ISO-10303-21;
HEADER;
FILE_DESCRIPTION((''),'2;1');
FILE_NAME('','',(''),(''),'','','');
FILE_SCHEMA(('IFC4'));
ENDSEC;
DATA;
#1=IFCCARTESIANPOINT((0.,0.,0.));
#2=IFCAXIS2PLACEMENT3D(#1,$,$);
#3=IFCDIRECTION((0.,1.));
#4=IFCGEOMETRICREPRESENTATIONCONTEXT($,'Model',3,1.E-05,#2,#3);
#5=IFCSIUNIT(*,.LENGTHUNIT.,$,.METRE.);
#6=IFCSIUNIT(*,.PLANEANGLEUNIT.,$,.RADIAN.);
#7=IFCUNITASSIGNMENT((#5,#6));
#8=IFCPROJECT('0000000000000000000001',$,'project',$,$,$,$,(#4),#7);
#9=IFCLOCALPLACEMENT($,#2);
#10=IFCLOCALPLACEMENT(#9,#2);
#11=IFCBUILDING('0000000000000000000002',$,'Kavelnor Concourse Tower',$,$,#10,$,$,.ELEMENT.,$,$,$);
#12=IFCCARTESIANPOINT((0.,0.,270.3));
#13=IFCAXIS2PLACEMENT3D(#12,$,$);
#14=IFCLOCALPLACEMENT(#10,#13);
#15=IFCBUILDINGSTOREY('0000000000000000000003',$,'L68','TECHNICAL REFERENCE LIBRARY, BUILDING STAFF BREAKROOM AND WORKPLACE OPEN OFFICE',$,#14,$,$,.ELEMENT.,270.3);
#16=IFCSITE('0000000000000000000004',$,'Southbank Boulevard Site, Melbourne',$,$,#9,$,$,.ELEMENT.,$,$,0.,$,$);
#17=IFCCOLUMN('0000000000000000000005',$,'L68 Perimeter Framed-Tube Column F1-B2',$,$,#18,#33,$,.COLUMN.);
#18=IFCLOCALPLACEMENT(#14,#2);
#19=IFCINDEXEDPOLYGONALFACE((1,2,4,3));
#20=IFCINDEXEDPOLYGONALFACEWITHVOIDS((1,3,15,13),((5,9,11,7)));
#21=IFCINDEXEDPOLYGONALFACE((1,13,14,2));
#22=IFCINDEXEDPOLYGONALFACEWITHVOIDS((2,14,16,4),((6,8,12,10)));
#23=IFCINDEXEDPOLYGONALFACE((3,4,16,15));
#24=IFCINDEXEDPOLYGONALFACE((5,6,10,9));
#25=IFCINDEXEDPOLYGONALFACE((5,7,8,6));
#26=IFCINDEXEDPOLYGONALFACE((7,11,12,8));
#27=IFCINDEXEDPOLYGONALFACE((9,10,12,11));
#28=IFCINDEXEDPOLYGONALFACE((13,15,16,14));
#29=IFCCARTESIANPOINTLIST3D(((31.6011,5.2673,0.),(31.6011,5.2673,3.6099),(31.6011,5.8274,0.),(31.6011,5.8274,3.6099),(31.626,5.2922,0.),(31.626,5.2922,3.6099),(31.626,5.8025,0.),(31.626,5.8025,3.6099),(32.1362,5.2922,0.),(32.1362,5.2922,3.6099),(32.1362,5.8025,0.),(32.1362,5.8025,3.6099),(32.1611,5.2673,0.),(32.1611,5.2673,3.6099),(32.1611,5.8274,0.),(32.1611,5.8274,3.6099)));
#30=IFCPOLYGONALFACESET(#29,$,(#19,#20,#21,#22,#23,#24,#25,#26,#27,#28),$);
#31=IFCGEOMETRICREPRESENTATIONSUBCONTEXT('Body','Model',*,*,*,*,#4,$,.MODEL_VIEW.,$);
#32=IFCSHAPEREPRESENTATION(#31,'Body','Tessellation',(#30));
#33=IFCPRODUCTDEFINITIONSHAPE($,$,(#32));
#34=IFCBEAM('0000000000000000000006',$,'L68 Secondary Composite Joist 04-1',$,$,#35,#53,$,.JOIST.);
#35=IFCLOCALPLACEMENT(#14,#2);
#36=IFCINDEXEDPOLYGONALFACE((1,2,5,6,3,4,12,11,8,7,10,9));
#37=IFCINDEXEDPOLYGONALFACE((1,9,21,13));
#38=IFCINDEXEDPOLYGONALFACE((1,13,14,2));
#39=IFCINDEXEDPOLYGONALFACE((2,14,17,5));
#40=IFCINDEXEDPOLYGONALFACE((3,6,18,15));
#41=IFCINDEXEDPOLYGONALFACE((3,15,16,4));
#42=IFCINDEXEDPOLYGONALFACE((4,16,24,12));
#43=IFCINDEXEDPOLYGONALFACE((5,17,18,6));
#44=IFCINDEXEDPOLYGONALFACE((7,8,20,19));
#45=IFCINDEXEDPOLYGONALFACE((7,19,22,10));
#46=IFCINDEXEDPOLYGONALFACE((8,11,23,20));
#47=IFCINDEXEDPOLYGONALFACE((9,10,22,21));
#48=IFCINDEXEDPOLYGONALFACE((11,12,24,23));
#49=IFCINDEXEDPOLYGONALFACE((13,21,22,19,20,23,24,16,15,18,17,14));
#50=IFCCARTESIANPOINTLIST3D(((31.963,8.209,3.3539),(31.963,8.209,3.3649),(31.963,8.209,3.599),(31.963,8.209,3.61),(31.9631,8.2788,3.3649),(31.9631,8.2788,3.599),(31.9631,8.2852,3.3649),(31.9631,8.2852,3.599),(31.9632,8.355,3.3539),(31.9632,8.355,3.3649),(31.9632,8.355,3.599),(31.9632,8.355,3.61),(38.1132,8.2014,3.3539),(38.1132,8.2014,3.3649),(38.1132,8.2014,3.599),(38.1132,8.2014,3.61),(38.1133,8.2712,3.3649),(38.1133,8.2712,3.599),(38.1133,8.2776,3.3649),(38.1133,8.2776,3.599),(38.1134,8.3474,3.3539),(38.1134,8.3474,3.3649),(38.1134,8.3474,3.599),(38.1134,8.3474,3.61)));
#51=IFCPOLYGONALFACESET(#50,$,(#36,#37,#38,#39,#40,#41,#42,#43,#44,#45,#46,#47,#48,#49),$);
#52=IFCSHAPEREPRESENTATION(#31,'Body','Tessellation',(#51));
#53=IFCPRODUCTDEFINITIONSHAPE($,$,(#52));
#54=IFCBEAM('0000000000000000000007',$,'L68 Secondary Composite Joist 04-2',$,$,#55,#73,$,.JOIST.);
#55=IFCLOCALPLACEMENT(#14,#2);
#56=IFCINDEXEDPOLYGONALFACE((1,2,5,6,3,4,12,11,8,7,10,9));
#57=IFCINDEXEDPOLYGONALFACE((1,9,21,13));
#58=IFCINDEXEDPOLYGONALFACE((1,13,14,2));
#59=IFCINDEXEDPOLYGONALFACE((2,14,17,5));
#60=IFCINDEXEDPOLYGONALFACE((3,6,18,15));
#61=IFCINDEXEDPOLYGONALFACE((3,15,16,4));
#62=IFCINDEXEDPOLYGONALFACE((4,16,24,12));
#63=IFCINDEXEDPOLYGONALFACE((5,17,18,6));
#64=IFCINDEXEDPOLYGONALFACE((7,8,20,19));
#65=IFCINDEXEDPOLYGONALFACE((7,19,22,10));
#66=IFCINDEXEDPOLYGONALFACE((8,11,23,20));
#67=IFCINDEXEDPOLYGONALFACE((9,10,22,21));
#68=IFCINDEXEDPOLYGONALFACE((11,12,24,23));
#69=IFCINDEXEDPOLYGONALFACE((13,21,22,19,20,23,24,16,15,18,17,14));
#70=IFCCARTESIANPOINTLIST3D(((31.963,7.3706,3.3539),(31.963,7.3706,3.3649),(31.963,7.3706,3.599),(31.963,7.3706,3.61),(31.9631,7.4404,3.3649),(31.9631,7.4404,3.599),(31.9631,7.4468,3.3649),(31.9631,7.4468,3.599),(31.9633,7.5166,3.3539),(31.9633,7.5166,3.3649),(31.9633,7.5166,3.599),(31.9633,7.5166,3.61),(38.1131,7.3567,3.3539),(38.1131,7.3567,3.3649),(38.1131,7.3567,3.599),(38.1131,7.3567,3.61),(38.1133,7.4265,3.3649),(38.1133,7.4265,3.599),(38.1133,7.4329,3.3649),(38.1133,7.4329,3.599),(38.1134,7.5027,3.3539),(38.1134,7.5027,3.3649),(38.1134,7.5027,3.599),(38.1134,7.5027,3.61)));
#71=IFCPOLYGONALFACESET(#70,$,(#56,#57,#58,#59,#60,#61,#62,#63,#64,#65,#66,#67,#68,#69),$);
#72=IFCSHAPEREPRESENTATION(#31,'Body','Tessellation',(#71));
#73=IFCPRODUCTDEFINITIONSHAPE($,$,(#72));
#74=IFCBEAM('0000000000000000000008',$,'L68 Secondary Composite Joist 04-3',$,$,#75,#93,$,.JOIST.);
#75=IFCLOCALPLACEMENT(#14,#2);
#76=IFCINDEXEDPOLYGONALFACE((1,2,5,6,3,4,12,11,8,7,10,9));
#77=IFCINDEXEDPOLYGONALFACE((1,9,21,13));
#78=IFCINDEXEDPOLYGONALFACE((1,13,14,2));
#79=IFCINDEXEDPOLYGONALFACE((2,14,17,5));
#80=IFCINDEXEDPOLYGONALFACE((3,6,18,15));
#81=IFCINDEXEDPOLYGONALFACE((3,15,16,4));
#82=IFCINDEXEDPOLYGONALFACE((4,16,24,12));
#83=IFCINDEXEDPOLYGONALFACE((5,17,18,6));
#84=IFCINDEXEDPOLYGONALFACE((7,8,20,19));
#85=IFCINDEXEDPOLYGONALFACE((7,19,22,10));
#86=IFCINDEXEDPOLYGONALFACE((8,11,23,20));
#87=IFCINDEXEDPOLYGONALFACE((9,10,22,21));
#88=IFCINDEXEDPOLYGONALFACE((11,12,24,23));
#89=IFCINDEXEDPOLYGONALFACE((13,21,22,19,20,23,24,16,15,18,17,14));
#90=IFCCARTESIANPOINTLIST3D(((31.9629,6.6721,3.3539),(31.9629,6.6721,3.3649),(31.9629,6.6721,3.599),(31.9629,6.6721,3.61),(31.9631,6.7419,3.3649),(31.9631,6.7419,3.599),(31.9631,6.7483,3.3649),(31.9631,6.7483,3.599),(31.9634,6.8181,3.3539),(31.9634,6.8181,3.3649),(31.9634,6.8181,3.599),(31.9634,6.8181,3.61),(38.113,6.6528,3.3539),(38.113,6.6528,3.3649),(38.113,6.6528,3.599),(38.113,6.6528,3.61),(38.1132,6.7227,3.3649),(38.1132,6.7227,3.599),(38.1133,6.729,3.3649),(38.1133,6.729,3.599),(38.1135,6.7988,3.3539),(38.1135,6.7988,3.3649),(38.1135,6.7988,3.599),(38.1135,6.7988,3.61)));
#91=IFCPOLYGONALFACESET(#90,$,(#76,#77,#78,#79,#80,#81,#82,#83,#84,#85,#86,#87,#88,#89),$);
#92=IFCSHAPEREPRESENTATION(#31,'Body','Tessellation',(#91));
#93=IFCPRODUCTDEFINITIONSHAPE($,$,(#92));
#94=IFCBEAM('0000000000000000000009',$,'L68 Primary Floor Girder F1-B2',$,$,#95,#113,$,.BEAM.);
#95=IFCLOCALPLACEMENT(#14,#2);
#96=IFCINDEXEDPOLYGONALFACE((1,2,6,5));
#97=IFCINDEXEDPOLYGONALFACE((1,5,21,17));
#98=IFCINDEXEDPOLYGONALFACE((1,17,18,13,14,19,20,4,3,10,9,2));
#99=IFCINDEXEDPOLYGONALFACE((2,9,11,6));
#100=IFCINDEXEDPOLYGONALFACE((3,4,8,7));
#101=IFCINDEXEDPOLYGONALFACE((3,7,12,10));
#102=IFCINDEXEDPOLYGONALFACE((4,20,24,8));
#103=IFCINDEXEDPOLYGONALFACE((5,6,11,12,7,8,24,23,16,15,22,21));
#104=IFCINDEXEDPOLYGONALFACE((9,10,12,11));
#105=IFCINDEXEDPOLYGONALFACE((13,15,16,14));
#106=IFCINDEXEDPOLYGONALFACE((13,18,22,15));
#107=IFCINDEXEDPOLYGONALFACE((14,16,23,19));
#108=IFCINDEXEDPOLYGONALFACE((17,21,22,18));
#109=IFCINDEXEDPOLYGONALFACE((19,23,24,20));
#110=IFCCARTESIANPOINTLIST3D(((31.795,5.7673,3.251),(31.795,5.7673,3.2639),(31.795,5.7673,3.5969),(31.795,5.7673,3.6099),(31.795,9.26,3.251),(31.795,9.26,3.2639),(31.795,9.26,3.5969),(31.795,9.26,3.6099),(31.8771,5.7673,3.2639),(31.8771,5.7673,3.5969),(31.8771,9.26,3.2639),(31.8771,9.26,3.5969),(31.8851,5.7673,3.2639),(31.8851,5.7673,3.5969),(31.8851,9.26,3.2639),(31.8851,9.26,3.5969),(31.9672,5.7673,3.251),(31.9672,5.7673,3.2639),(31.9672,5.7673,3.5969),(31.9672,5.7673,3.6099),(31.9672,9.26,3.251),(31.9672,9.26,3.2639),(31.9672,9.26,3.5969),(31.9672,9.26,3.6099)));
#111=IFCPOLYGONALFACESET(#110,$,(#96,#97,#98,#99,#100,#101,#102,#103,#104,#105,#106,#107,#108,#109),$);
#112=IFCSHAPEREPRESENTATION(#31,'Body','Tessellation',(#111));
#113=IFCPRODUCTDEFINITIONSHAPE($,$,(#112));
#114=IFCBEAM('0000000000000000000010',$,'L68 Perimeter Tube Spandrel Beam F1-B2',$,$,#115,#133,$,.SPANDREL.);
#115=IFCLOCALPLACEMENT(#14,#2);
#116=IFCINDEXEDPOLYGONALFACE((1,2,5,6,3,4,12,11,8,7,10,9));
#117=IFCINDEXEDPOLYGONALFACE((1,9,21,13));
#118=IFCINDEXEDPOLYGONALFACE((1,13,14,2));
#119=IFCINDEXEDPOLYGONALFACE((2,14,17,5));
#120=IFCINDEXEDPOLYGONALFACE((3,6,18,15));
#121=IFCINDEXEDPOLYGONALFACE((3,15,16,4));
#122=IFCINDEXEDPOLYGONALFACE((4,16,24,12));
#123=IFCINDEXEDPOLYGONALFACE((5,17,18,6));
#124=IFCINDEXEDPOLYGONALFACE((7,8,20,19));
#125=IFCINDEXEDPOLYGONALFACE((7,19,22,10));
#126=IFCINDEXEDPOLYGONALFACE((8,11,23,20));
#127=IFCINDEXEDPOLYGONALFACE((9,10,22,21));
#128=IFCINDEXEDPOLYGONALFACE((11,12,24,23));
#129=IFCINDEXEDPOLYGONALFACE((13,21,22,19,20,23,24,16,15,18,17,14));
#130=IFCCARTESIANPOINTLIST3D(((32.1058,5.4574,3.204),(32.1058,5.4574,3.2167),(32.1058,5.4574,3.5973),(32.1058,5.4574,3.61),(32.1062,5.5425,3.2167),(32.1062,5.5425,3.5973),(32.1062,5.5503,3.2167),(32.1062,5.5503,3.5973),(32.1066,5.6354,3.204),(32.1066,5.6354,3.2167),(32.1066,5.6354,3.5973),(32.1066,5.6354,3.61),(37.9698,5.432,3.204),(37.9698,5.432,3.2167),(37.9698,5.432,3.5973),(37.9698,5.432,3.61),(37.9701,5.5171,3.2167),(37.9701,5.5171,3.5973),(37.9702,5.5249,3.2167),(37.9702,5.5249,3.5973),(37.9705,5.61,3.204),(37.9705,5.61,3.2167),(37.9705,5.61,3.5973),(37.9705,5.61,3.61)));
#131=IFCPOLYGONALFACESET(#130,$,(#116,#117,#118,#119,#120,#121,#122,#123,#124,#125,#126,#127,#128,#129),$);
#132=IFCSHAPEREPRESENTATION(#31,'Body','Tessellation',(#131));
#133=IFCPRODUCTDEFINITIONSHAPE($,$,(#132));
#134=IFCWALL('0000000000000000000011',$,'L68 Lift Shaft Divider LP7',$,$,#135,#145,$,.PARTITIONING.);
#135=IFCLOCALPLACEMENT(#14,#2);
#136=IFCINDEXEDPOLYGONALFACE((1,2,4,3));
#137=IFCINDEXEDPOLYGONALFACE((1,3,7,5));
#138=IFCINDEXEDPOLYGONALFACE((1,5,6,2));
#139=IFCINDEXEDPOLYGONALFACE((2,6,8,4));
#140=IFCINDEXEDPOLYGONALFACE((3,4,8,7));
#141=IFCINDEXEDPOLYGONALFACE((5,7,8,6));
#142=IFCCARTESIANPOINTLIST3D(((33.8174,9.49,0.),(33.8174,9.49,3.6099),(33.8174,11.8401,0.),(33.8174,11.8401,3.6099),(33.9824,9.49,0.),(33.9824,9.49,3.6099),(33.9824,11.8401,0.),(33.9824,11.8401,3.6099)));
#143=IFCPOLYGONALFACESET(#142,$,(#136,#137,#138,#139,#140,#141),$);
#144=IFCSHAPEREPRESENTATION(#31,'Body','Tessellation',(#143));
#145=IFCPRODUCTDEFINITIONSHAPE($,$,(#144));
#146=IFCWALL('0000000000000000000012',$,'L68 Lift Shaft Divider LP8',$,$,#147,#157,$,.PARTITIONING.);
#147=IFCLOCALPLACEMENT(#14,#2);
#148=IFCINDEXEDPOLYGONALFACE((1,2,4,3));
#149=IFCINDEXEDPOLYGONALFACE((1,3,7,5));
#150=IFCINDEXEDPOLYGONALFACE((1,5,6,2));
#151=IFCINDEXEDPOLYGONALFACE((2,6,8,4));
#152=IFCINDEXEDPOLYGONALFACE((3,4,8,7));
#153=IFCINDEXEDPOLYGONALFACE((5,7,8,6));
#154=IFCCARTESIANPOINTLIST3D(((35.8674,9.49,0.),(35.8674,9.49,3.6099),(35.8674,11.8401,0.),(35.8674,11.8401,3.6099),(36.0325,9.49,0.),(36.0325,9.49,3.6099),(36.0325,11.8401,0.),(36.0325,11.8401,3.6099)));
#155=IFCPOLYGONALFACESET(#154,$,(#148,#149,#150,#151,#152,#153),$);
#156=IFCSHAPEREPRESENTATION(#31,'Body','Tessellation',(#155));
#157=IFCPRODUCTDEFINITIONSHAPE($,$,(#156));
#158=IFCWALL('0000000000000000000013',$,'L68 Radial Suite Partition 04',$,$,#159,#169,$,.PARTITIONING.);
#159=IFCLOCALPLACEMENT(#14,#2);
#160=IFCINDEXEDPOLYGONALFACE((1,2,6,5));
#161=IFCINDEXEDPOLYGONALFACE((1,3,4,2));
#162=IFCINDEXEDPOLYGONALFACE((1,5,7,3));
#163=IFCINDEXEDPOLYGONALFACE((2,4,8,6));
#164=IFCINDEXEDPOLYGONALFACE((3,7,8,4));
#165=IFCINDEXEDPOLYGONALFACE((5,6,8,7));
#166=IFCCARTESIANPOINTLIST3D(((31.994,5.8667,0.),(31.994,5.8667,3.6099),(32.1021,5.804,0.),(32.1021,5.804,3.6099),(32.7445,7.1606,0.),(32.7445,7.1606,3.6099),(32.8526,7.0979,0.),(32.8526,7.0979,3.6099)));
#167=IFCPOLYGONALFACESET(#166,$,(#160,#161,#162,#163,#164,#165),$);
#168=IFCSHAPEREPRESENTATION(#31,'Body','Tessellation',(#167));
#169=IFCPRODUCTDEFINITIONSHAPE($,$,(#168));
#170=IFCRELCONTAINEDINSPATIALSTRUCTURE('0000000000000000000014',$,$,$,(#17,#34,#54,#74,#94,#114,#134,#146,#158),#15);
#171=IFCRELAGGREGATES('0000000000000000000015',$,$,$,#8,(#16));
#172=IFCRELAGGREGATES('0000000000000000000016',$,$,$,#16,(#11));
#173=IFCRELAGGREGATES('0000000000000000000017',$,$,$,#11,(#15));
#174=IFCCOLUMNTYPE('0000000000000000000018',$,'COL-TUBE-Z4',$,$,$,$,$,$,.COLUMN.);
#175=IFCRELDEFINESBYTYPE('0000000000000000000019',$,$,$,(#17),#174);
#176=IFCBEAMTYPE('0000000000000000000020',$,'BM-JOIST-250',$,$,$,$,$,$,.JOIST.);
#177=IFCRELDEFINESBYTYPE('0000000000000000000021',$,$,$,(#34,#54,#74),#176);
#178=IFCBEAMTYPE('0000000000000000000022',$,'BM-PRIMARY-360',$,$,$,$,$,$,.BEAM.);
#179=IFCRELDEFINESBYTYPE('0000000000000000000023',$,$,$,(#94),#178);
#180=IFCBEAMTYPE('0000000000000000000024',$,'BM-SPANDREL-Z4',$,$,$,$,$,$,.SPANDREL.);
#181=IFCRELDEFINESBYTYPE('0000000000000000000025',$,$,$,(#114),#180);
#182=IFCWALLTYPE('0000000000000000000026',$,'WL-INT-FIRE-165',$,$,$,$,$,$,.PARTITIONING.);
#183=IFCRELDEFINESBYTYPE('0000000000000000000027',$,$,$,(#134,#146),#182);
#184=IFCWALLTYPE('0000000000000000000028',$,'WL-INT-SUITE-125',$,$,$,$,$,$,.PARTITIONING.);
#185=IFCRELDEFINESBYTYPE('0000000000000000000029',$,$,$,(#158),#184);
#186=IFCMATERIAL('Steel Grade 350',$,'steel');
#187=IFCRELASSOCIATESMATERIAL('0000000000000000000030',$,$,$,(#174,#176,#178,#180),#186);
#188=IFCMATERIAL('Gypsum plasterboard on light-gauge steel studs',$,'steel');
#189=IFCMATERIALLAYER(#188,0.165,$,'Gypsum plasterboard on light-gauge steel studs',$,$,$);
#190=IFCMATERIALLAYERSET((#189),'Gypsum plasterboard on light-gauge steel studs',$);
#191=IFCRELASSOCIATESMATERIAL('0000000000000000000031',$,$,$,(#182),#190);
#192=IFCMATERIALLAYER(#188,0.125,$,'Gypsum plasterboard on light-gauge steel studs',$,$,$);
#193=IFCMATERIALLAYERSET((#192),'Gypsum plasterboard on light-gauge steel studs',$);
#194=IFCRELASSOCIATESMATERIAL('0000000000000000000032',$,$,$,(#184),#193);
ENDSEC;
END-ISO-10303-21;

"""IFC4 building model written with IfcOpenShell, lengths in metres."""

from ifc_helpers import new_model, si_unit, direction, frame, frame_2d, origin, origin_2d, place, context, subcontext, project, spatial, rectangle, hollow_rectangle, i_section, extrude, material, layer, layer_set, material_profile, profile_set, type_object, element, save


model = new_model("IFC4")

# Units and contexts
model_context = context("Model", 3, precision=1e-05, world=origin(), true_north=direction((0.0, 1.0)))
body_context = subcontext(model_context, "Body", "Model", "MODEL_VIEW")
ifc_project = project(units=[si_unit("LENGTHUNIT", "METRE"), si_unit("PLANEANGLEUNIT", "RADIAN")], contexts=[model_context])

# Site, building, storey
site_placement = place(None, origin())
site = spatial("IfcSite", under=ifc_project, at=site_placement, Name="Southbank Boulevard Site, Melbourne", CompositionType="ELEMENT", RefElevation=0.0)
building_placement = place(site_placement, origin())
building = spatial("IfcBuilding", under=site, at=building_placement, Name="Kavelnor Concourse Tower", CompositionType="ELEMENT")
storey_placement = place(building_placement, frame((0.0, 0.0, 270.3)))
storey = spatial("IfcBuildingStorey", under=building, at=storey_placement, Name="L68", Description="TECHNICAL REFERENCE LIBRARY, BUILDING STAFF BREAKROOM AND WORKPLACE OPEN OFFICE", CompositionType="ELEMENT", Elevation=270.3)

# Column
ifc_material_1 = material(Name="Steel Grade 350", Category="steel")
ifc_material_profile_1 = material_profile(ifc_material_1, hollow_rectangle(XDim=0.5601, YDim=0.5601, WallThickness=0.0249, at=origin_2d()), Name="SHS 560x560x25")
ifc_profile_set_1 = profile_set([ifc_material_profile_1], Name="Steel Grade 350")
column_type = type_object("IfcColumnType", Name="COL-TUBE-Z4", PredefinedType="COLUMN", material=ifc_profile_set_1)
column_placement = place(storey_placement, frame((31.8811, 5.5474, 0.0), z_axis=(0.0, 0.0, 1.0), x_axis=(1.0, 0.0, 0.0)))
element("IfcColumn", 1, at=column_placement, inside=storey, type_object=column_type, Name="L68 Perimeter Framed-Tube Column F1-B2", PredefinedType="COLUMN", context=body_context, shape_type="SweptSolid", body=[
    extrude(hollow_rectangle(XDim=0.5601, YDim=0.5601, WallThickness=0.0249, at=origin_2d()), origin(), (0.0, 0.0, 1.0), 3.6099),
])

# Beams
ifc_material_profile_2 = material_profile(ifc_material_1, i_section(OverallWidth=0.146, OverallDepth=0.2561, WebThickness=0.0063, FlangeThickness=0.011, at=origin_2d()), Name="250UB37")
ifc_profile_set_2 = profile_set([ifc_material_profile_2], Name="Steel Grade 350")
beam_type_1 = type_object("IfcBeamType", Name="BM-JOIST-250", PredefinedType="JOIST", material=ifc_profile_set_2)
for number, where, z_axis, x_axis, name in (
    (2, (31.9631, 8.282, 3.4819), (0.999999, -0.001231, 0.0), (0.001231, 0.999999, 0.0), "L68 Secondary Composite Joist 04-1"),
    (3, (31.9631, 7.4436, 3.4819), (0.999997, -0.002263, 0.0), (0.002263, 0.999997, 0.0), "L68 Secondary Composite Joist 04-2"),
    (4, (31.9631, 6.7451, 3.4819), (0.999995, -0.003136, 0.0), (0.003136, 0.999995, 0.0), "L68 Secondary Composite Joist 04-3"),
):
    element("IfcBeam", number, at=place(storey_placement, frame(where, z_axis=z_axis, x_axis=x_axis)), inside=storey, type_object=beam_type_1, Name=name, PredefinedType="JOIST", context=body_context, shape_type="SweptSolid", body=[
        extrude(i_section(OverallWidth=0.146, OverallDepth=0.2561, WebThickness=0.0063, FlangeThickness=0.011, at=origin_2d()), origin(), (0.0, 0.0, 1.0), 6.1501),
    ])
ifc_material_profile_3 = material_profile(ifc_material_1, i_section(OverallWidth=0.1721, OverallDepth=0.3589, WebThickness=0.0081, FlangeThickness=0.0129, at=origin_2d()), Name="360UB56")
ifc_profile_set_3 = profile_set([ifc_material_profile_3], Name="Steel Grade 350")
beam_type_2 = type_object("IfcBeamType", Name="BM-PRIMARY-360", PredefinedType="BEAM", material=ifc_profile_set_3)
beam_1_placement = place(storey_placement, frame((31.8811, 9.26, 3.4304), z_axis=(0.0, -1.0, 0.0), x_axis=(1.0, 0.0, 0.0)))
element("IfcBeam", 5, at=beam_1_placement, inside=storey, type_object=beam_type_2, Name="L68 Primary Floor Girder F1-B2", PredefinedType="BEAM", context=body_context, shape_type="SweptSolid", body=[
    extrude(i_section(OverallWidth=0.1721, OverallDepth=0.3589, WebThickness=0.0081, FlangeThickness=0.0129, at=origin_2d()), origin(), (0.0, 0.0, 1.0), 3.4927),
])
ifc_material_profile_4 = material_profile(ifc_material_1, i_section(OverallWidth=0.178, OverallDepth=0.406, WebThickness=0.0078, FlangeThickness=0.0127, at=origin_2d()), Name="410UB59")
ifc_profile_set_4 = profile_set([ifc_material_profile_4], Name="Steel Grade 350")
beam_type_3 = type_object("IfcBeamType", Name="BM-SPANDREL-Z4", PredefinedType="SPANDREL", material=ifc_profile_set_4)
beam_2_placement = place(storey_placement, frame((32.1062, 5.5464, 3.407), z_axis=(0.999991, -0.00433, 0.0), x_axis=(0.00433, 0.999991, 0.0)))
element("IfcBeam", 6, at=beam_2_placement, inside=storey, type_object=beam_type_3, Name="L68 Perimeter Tube Spandrel Beam F1-B2", PredefinedType="SPANDREL", context=body_context, shape_type="SweptSolid", body=[
    extrude(i_section(OverallWidth=0.178, OverallDepth=0.406, WebThickness=0.0078, FlangeThickness=0.0127, at=origin_2d()), origin(), (0.0, 0.0, 1.0), 5.864),
])

# Walls
ifc_material_2 = material(Name="Gypsum plasterboard on light-gauge steel studs", Category="steel")
ifc_layer_1 = layer(ifc_material_2, 0.165, Name="Gypsum plasterboard on light-gauge steel studs")
ifc_layer_set_1 = layer_set([ifc_layer_1], Name="Gypsum plasterboard on light-gauge steel studs")
wall_type_1 = type_object("IfcWallType", Name="WL-INT-FIRE-165", PredefinedType="PARTITIONING", material=ifc_layer_set_1)
for number, where, z_axis, x_axis, name in (
    (7, (33.8999, 9.49, 0.0), (0.0, 0.0, 1.0), (0.0, 1.0, 0.0), "L68 Lift Shaft Divider LP7"),
    (8, (35.95, 9.49, 0.0), (0.0, 0.0, 1.0), (0.0, 1.0, 0.0), "L68 Lift Shaft Divider LP8"),
):
    element("IfcWall", number, at=place(storey_placement, frame(where, z_axis=z_axis, x_axis=x_axis)), inside=storey, type_object=wall_type_1, Name=name, PredefinedType="PARTITIONING", context=body_context, shape_type="SweptSolid", body=[
        extrude(rectangle(XDim=2.3501, YDim=0.165, at=frame_2d((1.175, 0.0))), origin(), (0.0, 0.0, 1.0), 3.6099),
    ])
ifc_layer_2 = layer(ifc_material_2, 0.125, Name="Gypsum plasterboard on light-gauge steel studs")
ifc_layer_set_2 = layer_set([ifc_layer_2], Name="Gypsum plasterboard on light-gauge steel studs")
wall_type_2 = type_object("IfcWallType", Name="WL-INT-SUITE-125", PredefinedType="PARTITIONING", material=ifc_layer_set_2)
wall_1_placement = place(storey_placement, frame((32.7986, 7.1294, 0.0), z_axis=(0.0, 0.0, 1.0), x_axis=(-0.501718, -0.865031, 0.0)))
element("IfcWall", 9, at=wall_1_placement, inside=storey, type_object=wall_type_2, Name="L68 Radial Suite Partition 04", PredefinedType="PARTITIONING", context=body_context, shape_type="SweptSolid", body=[
    extrude(rectangle(XDim=1.4958, YDim=0.125, at=frame_2d((0.748, 0.0))), origin(), (0.0, 0.0, 1.0), 3.6099),
])

save(model, "model.ifc")
